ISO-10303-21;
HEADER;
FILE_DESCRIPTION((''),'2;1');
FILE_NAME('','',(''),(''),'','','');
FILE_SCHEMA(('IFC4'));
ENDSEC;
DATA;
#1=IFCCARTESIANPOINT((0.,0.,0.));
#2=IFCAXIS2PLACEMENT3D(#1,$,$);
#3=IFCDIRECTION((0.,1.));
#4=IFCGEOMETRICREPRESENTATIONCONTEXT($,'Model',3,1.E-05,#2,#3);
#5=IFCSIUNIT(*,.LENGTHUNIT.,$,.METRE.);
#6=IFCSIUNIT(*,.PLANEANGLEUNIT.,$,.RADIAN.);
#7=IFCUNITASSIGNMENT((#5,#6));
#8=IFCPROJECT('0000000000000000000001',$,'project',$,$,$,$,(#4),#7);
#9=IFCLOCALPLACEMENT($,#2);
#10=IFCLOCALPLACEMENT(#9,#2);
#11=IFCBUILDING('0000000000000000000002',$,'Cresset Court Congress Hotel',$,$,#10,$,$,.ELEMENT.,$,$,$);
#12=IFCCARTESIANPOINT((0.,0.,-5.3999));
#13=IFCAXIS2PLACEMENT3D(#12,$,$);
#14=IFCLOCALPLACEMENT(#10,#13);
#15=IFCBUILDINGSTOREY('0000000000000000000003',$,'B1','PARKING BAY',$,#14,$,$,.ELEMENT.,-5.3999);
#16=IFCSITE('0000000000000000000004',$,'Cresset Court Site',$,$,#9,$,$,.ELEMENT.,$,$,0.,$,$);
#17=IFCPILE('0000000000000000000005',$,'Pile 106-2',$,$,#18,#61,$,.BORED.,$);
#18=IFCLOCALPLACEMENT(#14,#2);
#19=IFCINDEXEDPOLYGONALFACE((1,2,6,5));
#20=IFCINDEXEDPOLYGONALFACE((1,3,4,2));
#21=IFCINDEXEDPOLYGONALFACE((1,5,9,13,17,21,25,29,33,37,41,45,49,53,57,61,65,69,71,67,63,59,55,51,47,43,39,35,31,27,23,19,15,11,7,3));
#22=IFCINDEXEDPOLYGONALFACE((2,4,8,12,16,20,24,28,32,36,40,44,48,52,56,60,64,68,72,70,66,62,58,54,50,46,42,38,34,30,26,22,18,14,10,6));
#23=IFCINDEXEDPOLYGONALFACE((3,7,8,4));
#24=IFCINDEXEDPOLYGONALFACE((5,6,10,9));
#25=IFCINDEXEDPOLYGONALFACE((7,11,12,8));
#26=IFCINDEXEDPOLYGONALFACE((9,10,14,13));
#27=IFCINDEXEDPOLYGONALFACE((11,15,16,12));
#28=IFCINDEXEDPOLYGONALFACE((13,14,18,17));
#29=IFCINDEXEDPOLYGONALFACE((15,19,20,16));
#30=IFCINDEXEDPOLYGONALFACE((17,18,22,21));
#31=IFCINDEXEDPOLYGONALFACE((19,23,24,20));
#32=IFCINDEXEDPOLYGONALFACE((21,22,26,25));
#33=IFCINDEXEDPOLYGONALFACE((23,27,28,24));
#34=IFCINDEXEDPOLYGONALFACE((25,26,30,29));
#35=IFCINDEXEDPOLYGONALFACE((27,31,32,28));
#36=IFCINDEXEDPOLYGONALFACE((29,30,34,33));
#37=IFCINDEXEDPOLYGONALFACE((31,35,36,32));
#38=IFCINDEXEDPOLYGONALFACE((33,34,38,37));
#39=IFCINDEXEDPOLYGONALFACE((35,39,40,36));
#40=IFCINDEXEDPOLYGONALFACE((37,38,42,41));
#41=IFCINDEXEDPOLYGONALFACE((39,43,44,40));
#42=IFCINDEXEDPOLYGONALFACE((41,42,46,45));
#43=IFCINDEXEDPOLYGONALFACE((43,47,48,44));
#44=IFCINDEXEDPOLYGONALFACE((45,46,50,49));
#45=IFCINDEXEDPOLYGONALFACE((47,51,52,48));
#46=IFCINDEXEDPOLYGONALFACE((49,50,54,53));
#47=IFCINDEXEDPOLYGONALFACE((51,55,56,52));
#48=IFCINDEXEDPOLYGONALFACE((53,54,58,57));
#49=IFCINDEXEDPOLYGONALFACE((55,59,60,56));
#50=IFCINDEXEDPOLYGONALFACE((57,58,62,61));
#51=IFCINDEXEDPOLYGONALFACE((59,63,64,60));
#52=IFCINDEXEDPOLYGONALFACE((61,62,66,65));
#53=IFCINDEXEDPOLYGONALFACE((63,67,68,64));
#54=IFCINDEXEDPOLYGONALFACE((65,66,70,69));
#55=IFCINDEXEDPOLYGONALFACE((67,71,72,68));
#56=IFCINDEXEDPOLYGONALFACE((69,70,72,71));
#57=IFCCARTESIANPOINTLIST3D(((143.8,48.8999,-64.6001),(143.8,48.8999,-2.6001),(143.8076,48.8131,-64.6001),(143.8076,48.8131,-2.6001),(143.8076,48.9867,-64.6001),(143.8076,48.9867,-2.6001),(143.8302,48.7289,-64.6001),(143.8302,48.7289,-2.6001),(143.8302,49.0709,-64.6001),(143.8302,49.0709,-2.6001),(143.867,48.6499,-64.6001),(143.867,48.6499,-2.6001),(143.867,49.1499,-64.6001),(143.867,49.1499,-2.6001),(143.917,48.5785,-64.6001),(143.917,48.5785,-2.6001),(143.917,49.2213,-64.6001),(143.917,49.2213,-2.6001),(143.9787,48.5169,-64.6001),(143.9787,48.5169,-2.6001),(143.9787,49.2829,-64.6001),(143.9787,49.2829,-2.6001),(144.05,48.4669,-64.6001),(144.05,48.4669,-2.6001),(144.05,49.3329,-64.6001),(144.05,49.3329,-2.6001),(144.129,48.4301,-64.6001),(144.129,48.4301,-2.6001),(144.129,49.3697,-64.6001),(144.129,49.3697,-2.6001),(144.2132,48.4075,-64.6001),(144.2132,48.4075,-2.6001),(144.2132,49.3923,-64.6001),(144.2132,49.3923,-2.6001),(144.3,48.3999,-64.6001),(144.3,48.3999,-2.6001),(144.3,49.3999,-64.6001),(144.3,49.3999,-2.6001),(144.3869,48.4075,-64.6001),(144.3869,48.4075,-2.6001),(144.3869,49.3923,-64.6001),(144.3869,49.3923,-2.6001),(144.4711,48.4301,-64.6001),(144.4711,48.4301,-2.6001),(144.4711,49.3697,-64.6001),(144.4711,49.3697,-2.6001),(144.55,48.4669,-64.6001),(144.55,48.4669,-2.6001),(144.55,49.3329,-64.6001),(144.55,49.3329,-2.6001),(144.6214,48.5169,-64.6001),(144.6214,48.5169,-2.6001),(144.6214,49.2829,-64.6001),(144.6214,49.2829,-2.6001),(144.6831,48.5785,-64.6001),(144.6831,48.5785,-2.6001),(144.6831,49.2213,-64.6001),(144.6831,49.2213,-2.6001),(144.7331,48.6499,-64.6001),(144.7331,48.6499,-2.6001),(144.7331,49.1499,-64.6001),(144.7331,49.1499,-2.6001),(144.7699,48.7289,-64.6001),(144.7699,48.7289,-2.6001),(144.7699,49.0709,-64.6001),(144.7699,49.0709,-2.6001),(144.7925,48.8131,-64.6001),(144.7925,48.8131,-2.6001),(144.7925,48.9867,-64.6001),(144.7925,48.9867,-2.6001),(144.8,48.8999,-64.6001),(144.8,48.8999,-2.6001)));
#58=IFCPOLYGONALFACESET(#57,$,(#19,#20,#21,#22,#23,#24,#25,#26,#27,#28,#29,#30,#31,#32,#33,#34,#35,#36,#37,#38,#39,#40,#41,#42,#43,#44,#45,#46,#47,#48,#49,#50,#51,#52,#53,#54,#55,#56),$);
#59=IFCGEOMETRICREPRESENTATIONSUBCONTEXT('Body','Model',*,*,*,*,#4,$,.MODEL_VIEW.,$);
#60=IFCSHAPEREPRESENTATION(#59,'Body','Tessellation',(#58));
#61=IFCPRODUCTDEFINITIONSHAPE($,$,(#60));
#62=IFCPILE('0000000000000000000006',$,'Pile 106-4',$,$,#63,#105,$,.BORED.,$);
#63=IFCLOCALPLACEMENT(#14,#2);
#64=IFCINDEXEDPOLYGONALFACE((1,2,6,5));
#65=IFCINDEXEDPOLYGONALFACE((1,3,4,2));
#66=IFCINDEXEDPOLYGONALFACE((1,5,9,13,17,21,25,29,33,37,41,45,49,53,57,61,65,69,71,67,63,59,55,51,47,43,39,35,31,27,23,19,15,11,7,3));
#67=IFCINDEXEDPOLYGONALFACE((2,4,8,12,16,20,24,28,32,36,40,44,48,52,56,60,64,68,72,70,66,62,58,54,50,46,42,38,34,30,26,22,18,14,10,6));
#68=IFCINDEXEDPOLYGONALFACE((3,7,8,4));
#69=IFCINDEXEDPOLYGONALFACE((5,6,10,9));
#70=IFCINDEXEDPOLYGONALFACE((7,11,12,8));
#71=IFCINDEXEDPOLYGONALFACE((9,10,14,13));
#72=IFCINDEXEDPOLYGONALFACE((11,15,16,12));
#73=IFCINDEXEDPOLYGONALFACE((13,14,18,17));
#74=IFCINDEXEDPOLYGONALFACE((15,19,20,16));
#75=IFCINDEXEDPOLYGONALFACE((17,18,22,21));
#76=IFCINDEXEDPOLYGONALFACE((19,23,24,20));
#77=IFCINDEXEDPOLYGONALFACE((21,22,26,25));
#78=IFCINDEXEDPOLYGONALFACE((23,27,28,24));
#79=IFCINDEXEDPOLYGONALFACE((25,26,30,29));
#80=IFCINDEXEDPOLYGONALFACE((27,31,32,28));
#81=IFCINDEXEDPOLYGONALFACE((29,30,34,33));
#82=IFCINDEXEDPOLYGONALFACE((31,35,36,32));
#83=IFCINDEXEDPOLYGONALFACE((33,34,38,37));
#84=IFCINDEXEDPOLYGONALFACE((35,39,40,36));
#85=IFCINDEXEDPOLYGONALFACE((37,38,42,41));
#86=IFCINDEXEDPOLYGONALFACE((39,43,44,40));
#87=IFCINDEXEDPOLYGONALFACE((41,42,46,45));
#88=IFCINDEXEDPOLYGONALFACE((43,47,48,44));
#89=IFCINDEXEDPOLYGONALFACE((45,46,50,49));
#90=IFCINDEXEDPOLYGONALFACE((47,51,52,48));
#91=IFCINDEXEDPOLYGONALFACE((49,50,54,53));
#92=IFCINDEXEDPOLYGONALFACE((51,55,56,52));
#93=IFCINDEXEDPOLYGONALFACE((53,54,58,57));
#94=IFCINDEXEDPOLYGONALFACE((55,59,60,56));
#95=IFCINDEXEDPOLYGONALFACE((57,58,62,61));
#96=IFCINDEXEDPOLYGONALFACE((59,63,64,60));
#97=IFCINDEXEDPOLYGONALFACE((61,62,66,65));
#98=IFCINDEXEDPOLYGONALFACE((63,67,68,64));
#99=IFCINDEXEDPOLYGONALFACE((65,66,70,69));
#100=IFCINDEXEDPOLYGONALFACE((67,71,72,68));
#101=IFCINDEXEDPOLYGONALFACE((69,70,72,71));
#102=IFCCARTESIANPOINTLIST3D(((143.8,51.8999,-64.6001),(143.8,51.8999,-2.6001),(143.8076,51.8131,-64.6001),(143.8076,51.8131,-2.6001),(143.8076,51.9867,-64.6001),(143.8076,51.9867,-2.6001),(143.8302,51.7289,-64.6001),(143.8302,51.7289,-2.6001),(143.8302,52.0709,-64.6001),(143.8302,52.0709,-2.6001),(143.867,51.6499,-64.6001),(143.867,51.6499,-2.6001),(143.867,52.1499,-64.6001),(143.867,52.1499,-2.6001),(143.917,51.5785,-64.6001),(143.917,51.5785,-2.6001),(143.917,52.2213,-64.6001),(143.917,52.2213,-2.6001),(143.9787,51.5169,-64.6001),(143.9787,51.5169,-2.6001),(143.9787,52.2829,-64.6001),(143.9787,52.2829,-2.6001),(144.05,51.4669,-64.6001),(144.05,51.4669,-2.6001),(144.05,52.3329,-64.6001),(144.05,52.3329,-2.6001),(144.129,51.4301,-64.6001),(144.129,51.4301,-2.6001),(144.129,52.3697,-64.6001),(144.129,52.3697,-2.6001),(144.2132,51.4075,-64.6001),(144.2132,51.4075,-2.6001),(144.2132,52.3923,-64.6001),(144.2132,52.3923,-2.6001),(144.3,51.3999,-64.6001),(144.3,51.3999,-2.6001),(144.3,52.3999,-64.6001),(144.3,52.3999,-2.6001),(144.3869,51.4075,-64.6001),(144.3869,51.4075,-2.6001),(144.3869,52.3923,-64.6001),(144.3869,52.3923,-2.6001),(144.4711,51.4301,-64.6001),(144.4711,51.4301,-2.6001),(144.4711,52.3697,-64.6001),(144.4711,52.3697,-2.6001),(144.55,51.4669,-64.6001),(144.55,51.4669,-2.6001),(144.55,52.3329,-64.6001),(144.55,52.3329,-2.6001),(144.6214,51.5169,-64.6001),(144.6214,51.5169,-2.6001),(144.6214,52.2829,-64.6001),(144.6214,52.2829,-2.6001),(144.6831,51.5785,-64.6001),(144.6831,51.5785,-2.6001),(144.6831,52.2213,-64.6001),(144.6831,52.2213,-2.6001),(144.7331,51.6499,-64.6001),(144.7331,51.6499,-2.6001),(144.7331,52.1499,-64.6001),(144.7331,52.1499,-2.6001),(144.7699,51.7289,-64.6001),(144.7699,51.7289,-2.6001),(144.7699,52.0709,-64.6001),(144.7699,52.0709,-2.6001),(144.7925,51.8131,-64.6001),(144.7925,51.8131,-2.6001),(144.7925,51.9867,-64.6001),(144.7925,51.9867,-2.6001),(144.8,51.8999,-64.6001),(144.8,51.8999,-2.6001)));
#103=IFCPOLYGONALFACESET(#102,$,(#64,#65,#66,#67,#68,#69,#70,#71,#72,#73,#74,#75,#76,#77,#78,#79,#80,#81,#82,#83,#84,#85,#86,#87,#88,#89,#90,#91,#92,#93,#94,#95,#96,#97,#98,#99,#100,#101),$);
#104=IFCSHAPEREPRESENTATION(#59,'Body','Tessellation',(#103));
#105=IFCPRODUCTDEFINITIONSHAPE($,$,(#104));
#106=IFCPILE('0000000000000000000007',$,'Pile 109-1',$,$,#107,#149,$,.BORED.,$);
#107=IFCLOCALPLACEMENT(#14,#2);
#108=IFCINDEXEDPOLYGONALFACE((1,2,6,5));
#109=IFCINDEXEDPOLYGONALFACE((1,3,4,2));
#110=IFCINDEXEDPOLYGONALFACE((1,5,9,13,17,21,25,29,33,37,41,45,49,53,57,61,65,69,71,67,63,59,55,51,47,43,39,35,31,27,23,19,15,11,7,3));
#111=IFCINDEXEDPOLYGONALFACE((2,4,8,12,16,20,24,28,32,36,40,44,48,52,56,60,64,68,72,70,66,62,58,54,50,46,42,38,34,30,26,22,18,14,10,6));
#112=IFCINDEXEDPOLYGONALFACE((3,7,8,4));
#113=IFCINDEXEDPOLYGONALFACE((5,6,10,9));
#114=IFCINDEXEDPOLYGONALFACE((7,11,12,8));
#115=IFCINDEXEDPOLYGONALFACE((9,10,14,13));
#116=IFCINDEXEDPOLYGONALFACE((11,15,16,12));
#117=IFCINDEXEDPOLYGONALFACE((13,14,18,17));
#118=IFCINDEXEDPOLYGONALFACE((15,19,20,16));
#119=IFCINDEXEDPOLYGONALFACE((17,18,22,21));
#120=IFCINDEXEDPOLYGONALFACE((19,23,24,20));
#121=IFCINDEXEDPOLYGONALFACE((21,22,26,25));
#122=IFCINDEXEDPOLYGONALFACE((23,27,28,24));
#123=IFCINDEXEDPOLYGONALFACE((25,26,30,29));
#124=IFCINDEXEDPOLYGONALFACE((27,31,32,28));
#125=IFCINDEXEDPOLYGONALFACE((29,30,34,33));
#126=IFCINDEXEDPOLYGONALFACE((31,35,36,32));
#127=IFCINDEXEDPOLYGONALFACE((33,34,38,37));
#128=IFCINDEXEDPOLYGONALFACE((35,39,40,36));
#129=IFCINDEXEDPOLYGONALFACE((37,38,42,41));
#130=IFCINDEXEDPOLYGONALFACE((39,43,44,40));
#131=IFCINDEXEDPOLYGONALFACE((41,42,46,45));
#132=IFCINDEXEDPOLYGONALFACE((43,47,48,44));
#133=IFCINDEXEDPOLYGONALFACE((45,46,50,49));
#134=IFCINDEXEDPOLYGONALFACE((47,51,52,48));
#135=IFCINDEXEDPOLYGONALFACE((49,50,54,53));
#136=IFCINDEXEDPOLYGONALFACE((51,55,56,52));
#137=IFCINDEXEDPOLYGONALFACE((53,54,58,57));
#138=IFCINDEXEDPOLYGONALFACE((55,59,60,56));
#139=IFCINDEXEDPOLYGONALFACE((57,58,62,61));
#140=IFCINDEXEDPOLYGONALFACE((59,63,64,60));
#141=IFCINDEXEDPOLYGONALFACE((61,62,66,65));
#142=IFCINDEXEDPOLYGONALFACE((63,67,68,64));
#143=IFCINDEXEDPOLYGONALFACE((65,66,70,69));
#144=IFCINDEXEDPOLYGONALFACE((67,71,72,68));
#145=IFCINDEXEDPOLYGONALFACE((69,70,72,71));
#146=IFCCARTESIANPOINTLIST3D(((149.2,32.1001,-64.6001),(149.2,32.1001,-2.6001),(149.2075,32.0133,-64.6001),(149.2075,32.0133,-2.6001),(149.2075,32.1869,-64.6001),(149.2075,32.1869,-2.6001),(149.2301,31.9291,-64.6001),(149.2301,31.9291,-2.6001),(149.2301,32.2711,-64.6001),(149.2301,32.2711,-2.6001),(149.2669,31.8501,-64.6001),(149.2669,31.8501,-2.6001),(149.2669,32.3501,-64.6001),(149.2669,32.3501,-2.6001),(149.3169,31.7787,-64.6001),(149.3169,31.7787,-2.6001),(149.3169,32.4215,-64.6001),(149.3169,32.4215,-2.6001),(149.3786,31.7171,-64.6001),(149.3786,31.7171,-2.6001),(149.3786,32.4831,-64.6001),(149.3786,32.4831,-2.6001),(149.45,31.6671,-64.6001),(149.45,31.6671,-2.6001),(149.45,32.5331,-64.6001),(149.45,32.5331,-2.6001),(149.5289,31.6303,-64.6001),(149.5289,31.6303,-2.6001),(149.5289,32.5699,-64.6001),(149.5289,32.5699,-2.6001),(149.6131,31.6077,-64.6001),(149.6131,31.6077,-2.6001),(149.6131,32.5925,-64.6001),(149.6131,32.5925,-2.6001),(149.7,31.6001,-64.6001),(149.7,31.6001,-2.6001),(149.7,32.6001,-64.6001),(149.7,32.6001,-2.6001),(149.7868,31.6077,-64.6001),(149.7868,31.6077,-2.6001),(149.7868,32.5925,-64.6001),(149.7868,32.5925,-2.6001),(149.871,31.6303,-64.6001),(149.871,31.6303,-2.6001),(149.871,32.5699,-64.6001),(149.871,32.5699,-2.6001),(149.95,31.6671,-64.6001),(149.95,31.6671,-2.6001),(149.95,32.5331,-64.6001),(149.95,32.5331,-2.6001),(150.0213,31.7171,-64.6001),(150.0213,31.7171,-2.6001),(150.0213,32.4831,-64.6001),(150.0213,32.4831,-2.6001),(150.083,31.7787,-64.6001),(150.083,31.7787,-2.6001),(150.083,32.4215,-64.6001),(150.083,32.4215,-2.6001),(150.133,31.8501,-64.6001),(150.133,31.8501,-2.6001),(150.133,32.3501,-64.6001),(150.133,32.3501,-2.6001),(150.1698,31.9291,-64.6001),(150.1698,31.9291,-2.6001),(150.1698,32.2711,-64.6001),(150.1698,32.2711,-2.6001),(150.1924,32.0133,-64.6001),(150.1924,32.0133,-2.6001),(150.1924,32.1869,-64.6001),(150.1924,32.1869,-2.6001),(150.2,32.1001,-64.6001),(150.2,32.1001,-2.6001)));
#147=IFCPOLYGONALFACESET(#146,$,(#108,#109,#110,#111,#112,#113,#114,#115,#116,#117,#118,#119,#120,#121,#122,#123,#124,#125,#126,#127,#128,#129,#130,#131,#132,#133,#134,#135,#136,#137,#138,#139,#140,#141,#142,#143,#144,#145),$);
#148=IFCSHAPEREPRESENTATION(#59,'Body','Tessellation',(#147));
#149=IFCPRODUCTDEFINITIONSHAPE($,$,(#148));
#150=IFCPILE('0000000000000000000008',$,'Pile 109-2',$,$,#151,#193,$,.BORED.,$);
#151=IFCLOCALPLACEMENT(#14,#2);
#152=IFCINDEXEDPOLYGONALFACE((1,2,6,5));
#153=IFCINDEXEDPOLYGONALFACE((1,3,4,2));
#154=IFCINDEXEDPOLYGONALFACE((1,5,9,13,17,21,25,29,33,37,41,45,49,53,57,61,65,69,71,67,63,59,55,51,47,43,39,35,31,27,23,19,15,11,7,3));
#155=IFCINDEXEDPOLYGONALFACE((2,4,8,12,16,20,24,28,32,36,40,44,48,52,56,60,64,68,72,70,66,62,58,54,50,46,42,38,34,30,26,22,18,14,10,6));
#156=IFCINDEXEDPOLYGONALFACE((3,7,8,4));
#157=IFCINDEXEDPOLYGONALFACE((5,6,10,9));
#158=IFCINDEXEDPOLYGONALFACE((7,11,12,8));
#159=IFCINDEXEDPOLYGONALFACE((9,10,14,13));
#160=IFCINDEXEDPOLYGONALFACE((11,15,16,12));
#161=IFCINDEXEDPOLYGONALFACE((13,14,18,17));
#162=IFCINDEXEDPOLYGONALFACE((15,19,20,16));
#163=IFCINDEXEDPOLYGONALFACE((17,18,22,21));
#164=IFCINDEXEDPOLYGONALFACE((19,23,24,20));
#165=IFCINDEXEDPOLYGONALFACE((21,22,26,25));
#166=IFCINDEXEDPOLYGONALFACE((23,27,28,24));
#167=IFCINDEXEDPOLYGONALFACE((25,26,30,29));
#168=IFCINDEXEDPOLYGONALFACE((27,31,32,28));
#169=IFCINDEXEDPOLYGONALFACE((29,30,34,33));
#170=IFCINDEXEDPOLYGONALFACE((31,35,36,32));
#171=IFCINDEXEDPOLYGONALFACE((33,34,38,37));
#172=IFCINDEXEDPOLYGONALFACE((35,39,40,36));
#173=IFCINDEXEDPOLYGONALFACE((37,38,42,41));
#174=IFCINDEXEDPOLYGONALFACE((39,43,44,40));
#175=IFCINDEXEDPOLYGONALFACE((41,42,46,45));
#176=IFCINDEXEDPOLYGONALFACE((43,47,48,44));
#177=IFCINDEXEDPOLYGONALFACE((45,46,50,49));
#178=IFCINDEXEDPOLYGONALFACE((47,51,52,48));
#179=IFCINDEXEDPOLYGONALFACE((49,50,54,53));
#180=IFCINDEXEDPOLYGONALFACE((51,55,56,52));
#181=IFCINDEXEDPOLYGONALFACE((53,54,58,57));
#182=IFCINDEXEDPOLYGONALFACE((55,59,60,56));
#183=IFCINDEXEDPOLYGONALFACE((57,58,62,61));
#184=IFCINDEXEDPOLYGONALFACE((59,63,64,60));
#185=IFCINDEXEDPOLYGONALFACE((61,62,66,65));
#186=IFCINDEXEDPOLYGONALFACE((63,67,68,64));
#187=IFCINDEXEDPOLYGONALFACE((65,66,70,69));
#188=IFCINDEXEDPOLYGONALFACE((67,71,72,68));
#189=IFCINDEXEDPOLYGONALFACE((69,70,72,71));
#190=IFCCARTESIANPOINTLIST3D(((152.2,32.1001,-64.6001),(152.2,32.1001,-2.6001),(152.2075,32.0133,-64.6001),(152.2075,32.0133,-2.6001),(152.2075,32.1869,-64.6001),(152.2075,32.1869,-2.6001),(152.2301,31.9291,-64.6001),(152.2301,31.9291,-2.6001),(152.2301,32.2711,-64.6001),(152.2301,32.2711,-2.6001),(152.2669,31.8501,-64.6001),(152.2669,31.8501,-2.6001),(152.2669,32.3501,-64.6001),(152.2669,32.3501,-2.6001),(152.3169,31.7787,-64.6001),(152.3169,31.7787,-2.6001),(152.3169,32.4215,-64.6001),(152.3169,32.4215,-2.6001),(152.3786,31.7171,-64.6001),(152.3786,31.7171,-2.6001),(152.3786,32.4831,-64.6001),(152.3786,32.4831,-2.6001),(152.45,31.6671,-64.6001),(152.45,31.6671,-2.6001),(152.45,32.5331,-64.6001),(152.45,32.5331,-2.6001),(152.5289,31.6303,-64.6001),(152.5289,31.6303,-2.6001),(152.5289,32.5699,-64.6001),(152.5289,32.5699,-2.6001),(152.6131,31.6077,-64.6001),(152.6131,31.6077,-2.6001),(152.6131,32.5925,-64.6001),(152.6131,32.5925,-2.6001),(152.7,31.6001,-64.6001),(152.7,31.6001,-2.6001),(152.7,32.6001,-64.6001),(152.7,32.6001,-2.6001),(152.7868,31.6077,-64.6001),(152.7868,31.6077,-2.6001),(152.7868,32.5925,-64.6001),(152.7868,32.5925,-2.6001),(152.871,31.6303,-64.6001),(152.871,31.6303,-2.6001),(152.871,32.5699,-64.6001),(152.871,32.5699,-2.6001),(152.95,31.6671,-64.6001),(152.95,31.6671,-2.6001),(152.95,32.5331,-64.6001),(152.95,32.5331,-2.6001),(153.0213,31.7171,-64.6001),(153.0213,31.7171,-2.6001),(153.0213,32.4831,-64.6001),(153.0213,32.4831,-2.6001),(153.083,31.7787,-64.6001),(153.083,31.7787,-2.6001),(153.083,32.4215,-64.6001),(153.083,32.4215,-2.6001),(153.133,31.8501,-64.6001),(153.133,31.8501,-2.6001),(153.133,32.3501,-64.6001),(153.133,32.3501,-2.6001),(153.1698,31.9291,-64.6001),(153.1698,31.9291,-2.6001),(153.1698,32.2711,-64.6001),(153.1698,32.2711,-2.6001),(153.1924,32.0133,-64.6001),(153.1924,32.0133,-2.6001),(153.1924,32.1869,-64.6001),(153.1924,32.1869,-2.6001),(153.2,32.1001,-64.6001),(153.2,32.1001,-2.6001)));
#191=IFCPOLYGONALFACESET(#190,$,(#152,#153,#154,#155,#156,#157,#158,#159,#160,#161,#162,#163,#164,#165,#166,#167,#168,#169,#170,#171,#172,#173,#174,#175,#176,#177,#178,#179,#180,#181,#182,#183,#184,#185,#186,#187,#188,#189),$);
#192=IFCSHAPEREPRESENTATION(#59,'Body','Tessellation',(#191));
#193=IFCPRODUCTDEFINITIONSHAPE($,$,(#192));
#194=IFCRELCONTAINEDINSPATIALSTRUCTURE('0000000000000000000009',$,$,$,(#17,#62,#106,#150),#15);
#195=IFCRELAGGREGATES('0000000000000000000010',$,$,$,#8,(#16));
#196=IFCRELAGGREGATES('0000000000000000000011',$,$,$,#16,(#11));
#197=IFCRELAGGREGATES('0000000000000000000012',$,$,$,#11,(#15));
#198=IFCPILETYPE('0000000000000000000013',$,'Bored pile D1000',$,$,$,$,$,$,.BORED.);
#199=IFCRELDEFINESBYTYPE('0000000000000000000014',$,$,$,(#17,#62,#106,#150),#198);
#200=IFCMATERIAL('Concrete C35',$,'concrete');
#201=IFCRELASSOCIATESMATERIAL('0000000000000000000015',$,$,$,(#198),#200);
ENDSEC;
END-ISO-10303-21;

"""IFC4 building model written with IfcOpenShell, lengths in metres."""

from ifc_helpers import new_model, si_unit, direction, frame, origin, origin_2d, place, context, subcontext, project, spatial, circle, extrude, material, type_object, element, save


model = new_model("IFC4")

# Units and contexts
model_context = context("Model", 3, precision=1e-05, world=origin(), true_north=direction((0.0, 1.0)))
body_context = subcontext(model_context, "Body", "Model", "MODEL_VIEW")
ifc_project = project(units=[si_unit("LENGTHUNIT", "METRE"), si_unit("PLANEANGLEUNIT", "RADIAN")], contexts=[model_context])

# Site, building, storey
site_placement = place(None, origin())
site = spatial("IfcSite", under=ifc_project, at=site_placement, Name="Cresset Court Site", CompositionType="ELEMENT", RefElevation=0.0)
building_placement = place(site_placement, origin())
building = spatial("IfcBuilding", under=site, at=building_placement, Name="Cresset Court Congress Hotel", CompositionType="ELEMENT")
storey_placement = place(building_placement, frame((0.0, 0.0, -5.3999)))
storey = spatial("IfcBuildingStorey", under=building, at=storey_placement, Name="B1", Description="PARKING BAY", CompositionType="ELEMENT", Elevation=-5.3999)

# Piles
ifc_material_1 = material(Name="Concrete C35", Category="concrete")
pile_type = type_object("IfcPileType", Name="Bored pile D1000", PredefinedType="BORED", material=ifc_material_1)
for number, where, z_axis, x_axis, name in (
    (1, (144.3, 48.8999, -2.6001), (0.0, 0.0, -1.0), (1.0, 0.0, 0.0), "Pile 106-2"),
    (2, (144.3, 51.8999, -2.6001), (0.0, 0.0, -1.0), (1.0, 0.0, 0.0), "Pile 106-4"),
    (3, (149.7, 32.1001, -2.6001), (0.0, 0.0, -1.0), (1.0, 0.0, 0.0), "Pile 109-1"),
    (4, (152.7, 32.1001, -2.6001), (0.0, 0.0, -1.0), (1.0, 0.0, 0.0), "Pile 109-2"),
):
    element("IfcPile", number, at=place(storey_placement, frame(where, z_axis=z_axis, x_axis=x_axis)), inside=storey, type_object=pile_type, Name=name, PredefinedType="BORED", context=body_context, shape_type="SweptSolid", body=[
        extrude(circle(Radius=0.5, at=origin_2d()), origin(), (0.0, 0.0, 1.0), 62.0),
    ])

save(model, "model.ifc")
